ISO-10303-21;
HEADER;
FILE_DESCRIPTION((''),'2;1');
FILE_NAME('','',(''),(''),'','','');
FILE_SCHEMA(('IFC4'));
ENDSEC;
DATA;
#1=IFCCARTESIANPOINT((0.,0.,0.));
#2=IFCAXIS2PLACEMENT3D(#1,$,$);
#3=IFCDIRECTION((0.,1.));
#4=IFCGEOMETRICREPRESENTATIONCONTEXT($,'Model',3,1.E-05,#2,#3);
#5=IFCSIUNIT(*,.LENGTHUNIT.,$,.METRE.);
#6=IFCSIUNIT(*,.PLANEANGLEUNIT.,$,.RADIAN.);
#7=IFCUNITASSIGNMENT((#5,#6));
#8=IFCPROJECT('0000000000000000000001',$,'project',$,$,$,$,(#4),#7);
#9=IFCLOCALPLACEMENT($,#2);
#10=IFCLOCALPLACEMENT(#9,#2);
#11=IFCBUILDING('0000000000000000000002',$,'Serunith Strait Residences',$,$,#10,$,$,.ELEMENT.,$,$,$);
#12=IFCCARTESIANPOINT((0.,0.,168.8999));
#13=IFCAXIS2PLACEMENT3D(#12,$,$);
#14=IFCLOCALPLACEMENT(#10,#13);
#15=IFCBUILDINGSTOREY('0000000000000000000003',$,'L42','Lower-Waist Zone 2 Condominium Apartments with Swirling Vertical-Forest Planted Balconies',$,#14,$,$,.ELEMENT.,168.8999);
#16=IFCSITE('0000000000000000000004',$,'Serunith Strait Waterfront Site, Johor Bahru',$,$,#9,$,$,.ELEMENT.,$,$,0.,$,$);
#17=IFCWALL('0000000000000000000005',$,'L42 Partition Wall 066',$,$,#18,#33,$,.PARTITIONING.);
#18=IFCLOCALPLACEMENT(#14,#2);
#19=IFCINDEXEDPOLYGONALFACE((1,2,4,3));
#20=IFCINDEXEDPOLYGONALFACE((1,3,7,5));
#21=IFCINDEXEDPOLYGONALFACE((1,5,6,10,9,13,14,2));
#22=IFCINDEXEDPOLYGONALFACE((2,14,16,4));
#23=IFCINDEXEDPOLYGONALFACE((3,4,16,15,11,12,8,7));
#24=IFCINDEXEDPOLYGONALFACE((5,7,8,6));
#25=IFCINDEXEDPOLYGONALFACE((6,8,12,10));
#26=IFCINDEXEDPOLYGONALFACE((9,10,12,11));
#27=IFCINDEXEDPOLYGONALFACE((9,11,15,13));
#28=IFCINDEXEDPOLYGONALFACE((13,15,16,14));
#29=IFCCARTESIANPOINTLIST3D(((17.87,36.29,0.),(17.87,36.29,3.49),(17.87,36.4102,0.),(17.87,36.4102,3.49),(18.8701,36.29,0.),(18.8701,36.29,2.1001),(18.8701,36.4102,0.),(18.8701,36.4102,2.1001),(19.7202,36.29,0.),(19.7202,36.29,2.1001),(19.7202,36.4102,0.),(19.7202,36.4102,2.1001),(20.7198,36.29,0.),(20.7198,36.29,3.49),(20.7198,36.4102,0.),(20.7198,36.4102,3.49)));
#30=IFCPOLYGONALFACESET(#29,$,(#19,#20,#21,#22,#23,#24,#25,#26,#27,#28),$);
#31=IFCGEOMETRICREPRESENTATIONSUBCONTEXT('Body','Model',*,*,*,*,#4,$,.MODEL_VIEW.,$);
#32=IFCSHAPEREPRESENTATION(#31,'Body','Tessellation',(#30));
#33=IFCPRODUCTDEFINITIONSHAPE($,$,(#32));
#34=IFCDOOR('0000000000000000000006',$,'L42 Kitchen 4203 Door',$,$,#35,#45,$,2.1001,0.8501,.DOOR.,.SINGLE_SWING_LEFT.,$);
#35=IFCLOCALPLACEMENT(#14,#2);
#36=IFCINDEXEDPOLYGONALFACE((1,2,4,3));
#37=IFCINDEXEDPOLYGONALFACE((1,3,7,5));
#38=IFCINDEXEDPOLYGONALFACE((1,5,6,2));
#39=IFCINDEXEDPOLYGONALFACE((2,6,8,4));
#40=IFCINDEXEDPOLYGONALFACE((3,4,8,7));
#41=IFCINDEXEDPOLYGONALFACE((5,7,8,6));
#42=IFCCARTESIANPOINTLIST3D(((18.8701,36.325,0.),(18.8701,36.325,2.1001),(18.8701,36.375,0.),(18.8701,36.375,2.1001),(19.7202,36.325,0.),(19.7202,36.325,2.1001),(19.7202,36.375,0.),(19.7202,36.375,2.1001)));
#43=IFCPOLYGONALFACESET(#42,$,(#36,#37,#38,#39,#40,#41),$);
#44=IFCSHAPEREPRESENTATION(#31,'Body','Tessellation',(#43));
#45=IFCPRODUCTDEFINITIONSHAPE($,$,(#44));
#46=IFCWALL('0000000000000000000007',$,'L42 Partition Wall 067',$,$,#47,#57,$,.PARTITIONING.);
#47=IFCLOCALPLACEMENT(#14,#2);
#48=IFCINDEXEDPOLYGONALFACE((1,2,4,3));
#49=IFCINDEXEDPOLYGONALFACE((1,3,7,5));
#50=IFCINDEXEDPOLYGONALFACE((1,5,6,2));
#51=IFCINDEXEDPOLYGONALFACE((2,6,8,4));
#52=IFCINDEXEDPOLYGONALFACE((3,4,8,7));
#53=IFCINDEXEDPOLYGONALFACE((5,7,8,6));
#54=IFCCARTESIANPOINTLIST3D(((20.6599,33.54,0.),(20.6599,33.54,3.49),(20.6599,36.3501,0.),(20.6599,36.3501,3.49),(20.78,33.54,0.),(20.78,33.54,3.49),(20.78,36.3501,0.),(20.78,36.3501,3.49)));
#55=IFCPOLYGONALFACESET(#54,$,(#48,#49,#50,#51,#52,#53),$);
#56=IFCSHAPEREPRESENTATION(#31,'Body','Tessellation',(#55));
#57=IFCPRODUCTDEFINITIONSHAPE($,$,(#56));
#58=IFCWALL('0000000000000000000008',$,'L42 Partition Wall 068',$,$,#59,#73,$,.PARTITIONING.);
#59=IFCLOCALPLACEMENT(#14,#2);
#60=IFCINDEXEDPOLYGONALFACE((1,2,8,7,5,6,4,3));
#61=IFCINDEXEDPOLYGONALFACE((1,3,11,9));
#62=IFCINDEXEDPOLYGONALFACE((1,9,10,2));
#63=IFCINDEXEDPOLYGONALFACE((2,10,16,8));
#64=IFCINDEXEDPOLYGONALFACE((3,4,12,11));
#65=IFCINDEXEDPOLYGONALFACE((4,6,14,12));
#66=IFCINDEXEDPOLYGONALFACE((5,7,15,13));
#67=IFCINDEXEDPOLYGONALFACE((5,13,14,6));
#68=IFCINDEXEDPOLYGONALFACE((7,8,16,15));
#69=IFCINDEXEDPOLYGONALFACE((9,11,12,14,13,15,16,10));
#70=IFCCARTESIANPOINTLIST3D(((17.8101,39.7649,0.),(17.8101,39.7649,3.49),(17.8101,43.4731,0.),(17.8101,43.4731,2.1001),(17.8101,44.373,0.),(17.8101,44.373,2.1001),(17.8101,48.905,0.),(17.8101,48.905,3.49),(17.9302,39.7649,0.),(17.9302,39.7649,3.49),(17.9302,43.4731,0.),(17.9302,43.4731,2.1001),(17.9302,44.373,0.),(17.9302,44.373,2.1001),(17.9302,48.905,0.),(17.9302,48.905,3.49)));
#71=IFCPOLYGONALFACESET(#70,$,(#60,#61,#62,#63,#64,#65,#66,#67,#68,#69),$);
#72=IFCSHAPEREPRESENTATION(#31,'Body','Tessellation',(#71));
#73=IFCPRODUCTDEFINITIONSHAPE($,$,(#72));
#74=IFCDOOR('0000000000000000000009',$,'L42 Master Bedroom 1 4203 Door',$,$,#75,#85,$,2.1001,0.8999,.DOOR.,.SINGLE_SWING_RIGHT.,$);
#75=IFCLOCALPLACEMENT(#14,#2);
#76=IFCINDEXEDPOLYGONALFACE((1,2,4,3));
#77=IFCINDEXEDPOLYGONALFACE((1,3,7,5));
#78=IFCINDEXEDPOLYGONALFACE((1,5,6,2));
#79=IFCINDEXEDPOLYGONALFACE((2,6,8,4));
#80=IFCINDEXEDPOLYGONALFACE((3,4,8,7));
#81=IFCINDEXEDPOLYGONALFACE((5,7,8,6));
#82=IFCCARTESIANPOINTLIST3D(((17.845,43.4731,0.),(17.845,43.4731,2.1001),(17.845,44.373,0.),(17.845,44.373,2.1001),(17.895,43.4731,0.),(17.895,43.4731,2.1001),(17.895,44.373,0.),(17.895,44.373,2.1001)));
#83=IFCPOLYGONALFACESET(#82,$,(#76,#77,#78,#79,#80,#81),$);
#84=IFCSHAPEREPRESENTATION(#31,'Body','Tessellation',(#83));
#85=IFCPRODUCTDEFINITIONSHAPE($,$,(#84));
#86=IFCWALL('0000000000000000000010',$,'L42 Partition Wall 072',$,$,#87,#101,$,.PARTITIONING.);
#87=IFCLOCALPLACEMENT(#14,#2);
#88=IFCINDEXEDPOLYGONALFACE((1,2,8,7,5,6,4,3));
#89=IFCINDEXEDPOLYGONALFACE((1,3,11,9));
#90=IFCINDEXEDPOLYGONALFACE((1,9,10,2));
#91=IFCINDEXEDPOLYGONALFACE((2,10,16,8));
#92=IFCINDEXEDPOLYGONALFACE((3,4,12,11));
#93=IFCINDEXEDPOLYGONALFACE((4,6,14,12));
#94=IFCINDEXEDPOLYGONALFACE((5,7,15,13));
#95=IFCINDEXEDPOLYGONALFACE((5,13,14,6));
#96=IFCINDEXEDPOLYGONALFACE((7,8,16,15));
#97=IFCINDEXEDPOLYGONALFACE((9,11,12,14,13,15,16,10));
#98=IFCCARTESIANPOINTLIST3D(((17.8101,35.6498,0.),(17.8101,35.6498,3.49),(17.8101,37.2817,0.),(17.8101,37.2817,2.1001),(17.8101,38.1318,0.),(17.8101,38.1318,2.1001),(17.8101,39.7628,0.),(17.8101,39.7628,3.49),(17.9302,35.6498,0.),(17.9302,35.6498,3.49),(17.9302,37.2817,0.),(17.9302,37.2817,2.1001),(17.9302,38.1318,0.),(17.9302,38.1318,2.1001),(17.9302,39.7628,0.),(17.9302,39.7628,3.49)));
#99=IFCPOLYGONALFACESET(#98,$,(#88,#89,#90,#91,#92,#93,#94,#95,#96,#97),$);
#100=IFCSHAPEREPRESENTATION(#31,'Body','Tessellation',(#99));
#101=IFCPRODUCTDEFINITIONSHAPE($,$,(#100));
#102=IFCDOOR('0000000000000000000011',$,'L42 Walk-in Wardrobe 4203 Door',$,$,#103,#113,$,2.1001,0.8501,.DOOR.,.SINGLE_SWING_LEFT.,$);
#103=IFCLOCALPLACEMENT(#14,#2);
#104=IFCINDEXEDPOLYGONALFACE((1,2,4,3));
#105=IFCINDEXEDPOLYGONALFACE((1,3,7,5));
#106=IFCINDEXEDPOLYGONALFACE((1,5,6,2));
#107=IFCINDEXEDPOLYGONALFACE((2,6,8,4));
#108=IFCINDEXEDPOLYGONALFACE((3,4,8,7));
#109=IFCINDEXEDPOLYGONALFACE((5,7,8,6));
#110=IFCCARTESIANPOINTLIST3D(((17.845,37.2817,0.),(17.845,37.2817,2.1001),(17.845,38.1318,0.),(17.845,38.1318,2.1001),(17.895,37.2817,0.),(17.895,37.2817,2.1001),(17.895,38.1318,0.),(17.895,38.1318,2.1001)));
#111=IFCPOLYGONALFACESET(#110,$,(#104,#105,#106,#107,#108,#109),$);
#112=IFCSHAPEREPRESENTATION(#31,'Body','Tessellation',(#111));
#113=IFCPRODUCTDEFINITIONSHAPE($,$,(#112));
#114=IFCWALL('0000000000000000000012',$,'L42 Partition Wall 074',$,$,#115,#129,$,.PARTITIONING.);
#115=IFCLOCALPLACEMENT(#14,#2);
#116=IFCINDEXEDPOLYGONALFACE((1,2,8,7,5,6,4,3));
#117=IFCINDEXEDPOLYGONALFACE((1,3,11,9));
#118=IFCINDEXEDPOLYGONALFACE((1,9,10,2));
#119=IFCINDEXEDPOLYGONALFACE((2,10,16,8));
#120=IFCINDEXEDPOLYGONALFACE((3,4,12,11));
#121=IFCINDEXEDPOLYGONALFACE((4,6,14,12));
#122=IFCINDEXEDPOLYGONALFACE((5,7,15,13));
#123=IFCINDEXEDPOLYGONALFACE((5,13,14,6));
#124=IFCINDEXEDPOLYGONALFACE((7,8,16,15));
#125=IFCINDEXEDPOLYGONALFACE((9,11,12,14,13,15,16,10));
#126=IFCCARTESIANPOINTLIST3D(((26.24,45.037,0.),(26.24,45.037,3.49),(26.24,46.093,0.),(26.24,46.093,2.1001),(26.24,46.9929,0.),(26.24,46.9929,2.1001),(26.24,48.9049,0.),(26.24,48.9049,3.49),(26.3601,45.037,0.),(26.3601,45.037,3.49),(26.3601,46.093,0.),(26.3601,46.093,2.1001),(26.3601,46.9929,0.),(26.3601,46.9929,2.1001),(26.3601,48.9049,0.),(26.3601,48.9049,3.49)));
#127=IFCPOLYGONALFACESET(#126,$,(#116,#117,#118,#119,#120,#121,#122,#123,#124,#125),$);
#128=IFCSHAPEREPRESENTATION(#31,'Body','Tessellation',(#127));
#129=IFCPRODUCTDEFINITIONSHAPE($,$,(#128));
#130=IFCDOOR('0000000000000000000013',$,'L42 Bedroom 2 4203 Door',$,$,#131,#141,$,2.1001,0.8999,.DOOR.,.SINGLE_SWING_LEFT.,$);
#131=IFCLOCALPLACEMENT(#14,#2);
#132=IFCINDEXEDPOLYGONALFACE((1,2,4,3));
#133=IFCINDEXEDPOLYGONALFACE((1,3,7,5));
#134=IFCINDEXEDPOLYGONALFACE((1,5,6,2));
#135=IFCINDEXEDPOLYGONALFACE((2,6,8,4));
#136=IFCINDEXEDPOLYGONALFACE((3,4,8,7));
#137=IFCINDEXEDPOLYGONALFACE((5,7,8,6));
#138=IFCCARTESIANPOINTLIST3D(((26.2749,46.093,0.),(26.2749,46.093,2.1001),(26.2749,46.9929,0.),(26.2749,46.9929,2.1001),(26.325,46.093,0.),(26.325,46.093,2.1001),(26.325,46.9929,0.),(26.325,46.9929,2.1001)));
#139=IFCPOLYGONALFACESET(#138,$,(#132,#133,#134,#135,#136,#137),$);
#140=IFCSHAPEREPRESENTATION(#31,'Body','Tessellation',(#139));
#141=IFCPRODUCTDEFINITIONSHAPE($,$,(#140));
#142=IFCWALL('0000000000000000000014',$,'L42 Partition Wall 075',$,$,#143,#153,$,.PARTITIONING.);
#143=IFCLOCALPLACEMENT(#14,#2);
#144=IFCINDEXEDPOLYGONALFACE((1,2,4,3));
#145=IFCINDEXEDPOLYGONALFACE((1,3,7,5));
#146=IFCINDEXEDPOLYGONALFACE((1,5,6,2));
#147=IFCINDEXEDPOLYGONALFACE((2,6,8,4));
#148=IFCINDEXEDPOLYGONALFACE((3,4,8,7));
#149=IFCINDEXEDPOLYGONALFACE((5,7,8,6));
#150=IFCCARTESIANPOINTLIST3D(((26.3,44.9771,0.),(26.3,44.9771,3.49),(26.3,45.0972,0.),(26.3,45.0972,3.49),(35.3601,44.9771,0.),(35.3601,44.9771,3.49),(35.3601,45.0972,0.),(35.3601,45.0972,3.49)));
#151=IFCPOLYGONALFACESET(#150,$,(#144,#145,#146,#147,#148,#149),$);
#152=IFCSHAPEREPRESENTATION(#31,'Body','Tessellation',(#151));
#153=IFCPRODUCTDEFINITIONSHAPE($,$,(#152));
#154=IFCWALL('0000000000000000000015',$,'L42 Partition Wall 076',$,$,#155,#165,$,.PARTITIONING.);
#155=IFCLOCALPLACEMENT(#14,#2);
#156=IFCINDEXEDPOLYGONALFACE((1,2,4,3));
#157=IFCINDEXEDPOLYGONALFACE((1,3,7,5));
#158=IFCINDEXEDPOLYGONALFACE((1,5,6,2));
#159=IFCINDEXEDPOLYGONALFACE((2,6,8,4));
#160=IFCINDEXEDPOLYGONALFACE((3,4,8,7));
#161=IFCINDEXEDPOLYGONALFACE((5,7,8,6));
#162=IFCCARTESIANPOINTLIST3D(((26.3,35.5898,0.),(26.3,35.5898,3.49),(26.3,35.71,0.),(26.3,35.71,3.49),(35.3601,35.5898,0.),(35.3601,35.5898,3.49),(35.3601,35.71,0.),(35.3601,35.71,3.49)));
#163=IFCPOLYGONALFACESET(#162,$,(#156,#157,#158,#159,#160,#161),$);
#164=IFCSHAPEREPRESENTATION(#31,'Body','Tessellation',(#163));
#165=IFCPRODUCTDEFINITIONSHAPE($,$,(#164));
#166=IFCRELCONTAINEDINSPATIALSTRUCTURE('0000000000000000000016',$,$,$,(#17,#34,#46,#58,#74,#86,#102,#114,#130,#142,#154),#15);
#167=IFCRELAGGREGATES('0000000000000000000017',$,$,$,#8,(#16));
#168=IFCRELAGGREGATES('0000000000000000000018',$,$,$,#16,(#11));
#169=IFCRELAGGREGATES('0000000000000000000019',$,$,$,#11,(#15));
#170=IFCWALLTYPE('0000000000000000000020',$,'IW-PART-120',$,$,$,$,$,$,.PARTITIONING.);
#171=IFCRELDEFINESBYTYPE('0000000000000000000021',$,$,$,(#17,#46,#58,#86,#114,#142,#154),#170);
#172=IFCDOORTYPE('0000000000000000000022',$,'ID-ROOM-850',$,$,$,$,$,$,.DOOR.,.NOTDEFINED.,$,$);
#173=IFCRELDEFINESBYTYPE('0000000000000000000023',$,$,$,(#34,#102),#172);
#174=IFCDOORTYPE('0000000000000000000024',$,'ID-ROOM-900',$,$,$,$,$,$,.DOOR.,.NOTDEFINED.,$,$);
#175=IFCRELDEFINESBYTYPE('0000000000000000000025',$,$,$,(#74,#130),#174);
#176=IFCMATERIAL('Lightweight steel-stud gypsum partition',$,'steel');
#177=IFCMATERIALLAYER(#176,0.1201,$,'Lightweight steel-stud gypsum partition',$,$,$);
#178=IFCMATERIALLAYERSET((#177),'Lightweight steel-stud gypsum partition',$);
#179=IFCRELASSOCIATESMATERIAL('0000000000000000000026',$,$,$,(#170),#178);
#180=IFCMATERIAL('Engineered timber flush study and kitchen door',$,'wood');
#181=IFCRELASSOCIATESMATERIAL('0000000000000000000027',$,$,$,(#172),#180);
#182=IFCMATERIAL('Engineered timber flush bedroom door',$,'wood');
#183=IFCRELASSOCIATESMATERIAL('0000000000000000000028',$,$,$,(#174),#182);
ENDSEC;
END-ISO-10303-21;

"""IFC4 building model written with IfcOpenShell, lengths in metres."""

from ifc_helpers import new_model, si_unit, direction, frame, frame_2d, origin, place, context, subcontext, project, spatial, rectangle, extrude, source, transform, mapped, material, layer, layer_set, type_object, element, fill, save


model = new_model("IFC4")

# Units and contexts
model_context = context("Model", 3, precision=1e-05, world=origin(), true_north=direction((0.0, 1.0)))
body_context = subcontext(model_context, "Body", "Model", "MODEL_VIEW")
ifc_project = project(units=[si_unit("LENGTHUNIT", "METRE"), si_unit("PLANEANGLEUNIT", "RADIAN")], contexts=[model_context])

# Site, building, storey
site_placement = place(None, origin())
site = spatial("IfcSite", under=ifc_project, at=site_placement, Name="Serunith Strait Waterfront Site, Johor Bahru", CompositionType="ELEMENT", RefElevation=0.0)
building_placement = place(site_placement, origin())
building = spatial("IfcBuilding", under=site, at=building_placement, Name="Serunith Strait Residences", CompositionType="ELEMENT")
storey_placement = place(building_placement, frame((0.0, 0.0, 168.8999)))
storey = spatial("IfcBuildingStorey", under=building, at=storey_placement, Name="L42", Description="Lower-Waist Zone 2 Condominium Apartments with Swirling Vertical-Forest Planted Balconies", CompositionType="ELEMENT", Elevation=168.8999)

# Wall, opening, door
ifc_material_1 = material(Name="Lightweight steel-stud gypsum partition", Category="steel")
ifc_layer_1 = layer(ifc_material_1, 0.1201, Name="Lightweight steel-stud gypsum partition")
ifc_layer_set_1 = layer_set([ifc_layer_1], Name="Lightweight steel-stud gypsum partition")
wall_type = type_object("IfcWallType", Name="IW-PART-120", PredefinedType="PARTITIONING", material=ifc_layer_set_1)
wall_1_placement = place(storey_placement, frame((17.8701, 36.3501, 0.0), z_axis=(0.0, 0.0, 1.0), x_axis=(1.0, 0.0, 0.0)))
wall_1 = element("IfcWall", 1, at=wall_1_placement, inside=storey, type_object=wall_type, Name="L42 Partition Wall 066", PredefinedType="PARTITIONING", context=body_context, shape_type="SweptSolid", body=[
    extrude(rectangle(XDim=2.8499, YDim=0.1201, at=frame_2d((1.4248, 0.0))), origin(), (0.0, 0.0, 1.0), 3.49),
])
opening_1_placement = place(wall_1_placement, frame((1.0, 0.0, 0.0)))
opening_1 = element("IfcOpeningElement", 2, at=opening_1_placement, cuts=wall_1, PredefinedType="OPENING", context=body_context, shape_type="SweptSolid", body=[
    extrude(rectangle(XDim=0.8501, YDim=2.1001, at=frame_2d((0.425, 1.05))), frame((0.0, 0.0701, 0.0), z_axis=(0.0, -1.0, 0.0), x_axis=(1.0, 0.0, 0.0)), (0.0, 0.0, 1.0), 0.1401),
])
ifc_material_2 = material(Name="Engineered timber flush study and kitchen door", Category="wood")
door_type_1 = type_object("IfcDoorType", Name="ID-ROOM-850", OperationType="NOTDEFINED", PredefinedType="DOOR", material=ifc_material_2)
shared_shape_1 = source(origin(), body_context, "Body", "SweptSolid", [
    extrude(rectangle(XDim=0.8501, YDim=2.1001, at=frame_2d((0.425, 1.05))), frame((0.0, 0.0249, 0.0), z_axis=(0.0, -1.0, 0.0), x_axis=(1.0, 0.0, 0.0)), (0.0, 0.0, 1.0), 0.05),
])
door_1_placement = place(opening_1_placement, origin())
door_1 = element("IfcDoor", 3, at=door_1_placement, inside=storey, type_object=door_type_1, Name="L42 Kitchen 4203 Door", OperationType="SINGLE_SWING_LEFT", OverallHeight=2.1001, OverallWidth=0.8501, PredefinedType="DOOR", context=body_context, shape_type="MappedRepresentation", body=[
    mapped(shared_shape_1, transform((0.0, 0.0, 0.0), scale=1.0)),
])
fill(opening_1, door_1)

# Wall
wall_2_placement = place(storey_placement, frame((20.72, 36.3501, 0.0), z_axis=(0.0, 0.0, 1.0), x_axis=(0.0, -1.0, 0.0)))
element("IfcWall", 4, at=wall_2_placement, inside=storey, type_object=wall_type, Name="L42 Partition Wall 067", PredefinedType="PARTITIONING", context=body_context, shape_type="SweptSolid", body=[
    extrude(rectangle(XDim=2.8101, YDim=0.1201, at=frame_2d((1.405, 0.0))), origin(), (0.0, 0.0, 1.0), 3.49),
])

# Walls, openings, doors
wall_3_placement = place(storey_placement, frame((17.8701, 48.905, 0.0), z_axis=(0.0, 0.0, 1.0), x_axis=(0.0, -1.0, 0.0)))
wall_3 = element("IfcWall", 5, at=wall_3_placement, inside=storey, type_object=wall_type, Name="L42 Partition Wall 068", PredefinedType="PARTITIONING", context=body_context, shape_type="SweptSolid", body=[
    extrude(rectangle(XDim=9.1401, YDim=0.1201, at=frame_2d((4.5701, 0.0))), origin(), (0.0, 0.0, 1.0), 3.49),
])
opening_2_placement = place(wall_3_placement, frame((4.532, 0.0, 0.0)))
opening_2 = element("IfcOpeningElement", 6, at=opening_2_placement, cuts=wall_3, PredefinedType="OPENING", context=body_context, shape_type="SweptSolid", body=[
    extrude(rectangle(XDim=0.8999, YDim=2.1001, at=frame_2d((0.45, 1.05))), frame((0.0, 0.0701, 0.0), z_axis=(0.0, -1.0, 0.0), x_axis=(1.0, 0.0, 0.0)), (0.0, 0.0, 1.0), 0.1401),
])
ifc_material_3 = material(Name="Engineered timber flush bedroom door", Category="wood")
door_type_2 = type_object("IfcDoorType", Name="ID-ROOM-900", OperationType="NOTDEFINED", PredefinedType="DOOR", material=ifc_material_3)
shared_shape_2 = source(origin(), body_context, "Body", "SweptSolid", [
    extrude(rectangle(XDim=0.8999, YDim=2.1001, at=frame_2d((0.45, 1.05))), frame((0.0, 0.0249, 0.0), z_axis=(0.0, -1.0, 0.0), x_axis=(1.0, 0.0, 0.0)), (0.0, 0.0, 1.0), 0.05),
])
door_2_placement = place(opening_2_placement, origin())
door_2 = element("IfcDoor", 7, at=door_2_placement, inside=storey, type_object=door_type_2, Name="L42 Master Bedroom 1 4203 Door", OperationType="SINGLE_SWING_RIGHT", OverallHeight=2.1001, OverallWidth=0.8999, PredefinedType="DOOR", context=body_context, shape_type="MappedRepresentation", body=[
    mapped(shared_shape_2, transform((0.0, 0.0, 0.0), scale=1.0)),
])
fill(opening_2, door_2)
wall_4_placement = place(storey_placement, frame((17.8701, 39.7629, 0.0), z_axis=(0.0, 0.0, 1.0), x_axis=(0.0, -1.0, 0.0)))
wall_4 = element("IfcWall", 8, at=wall_4_placement, inside=storey, type_object=wall_type, Name="L42 Partition Wall 072", PredefinedType="PARTITIONING", context=body_context, shape_type="SweptSolid", body=[
    extrude(rectangle(XDim=4.113, YDim=0.1201, at=frame_2d((2.0566, 0.0))), origin(), (0.0, 0.0, 1.0), 3.49),
])
opening_3_placement = place(wall_4_placement, frame((1.6311, 0.0, 0.0)))
opening_3 = element("IfcOpeningElement", 9, at=opening_3_placement, cuts=wall_4, PredefinedType="OPENING", context=body_context, shape_type="SweptSolid", body=[
    extrude(rectangle(XDim=0.8501, YDim=2.1001, at=frame_2d((0.425, 1.05))), frame((0.0, 0.0701, 0.0), z_axis=(0.0, -1.0, 0.0), x_axis=(1.0, 0.0, 0.0)), (0.0, 0.0, 1.0), 0.1401),
])
door_3_placement = place(opening_3_placement, origin())
door_3 = element("IfcDoor", 10, at=door_3_placement, inside=storey, type_object=door_type_1, Name="L42 Walk-in Wardrobe 4203 Door", OperationType="SINGLE_SWING_LEFT", OverallHeight=2.1001, OverallWidth=0.8501, PredefinedType="DOOR", context=body_context, shape_type="MappedRepresentation", body=[
    mapped(shared_shape_1, transform((0.0, 0.0, 0.0), scale=1.0)),
])
fill(opening_3, door_3)
wall_5_placement = place(storey_placement, frame((26.3, 48.905, 0.0), z_axis=(0.0, 0.0, 1.0), x_axis=(0.0, -1.0, 0.0)))
wall_5 = element("IfcWall", 11, at=wall_5_placement, inside=storey, type_object=wall_type, Name="L42 Partition Wall 074", PredefinedType="PARTITIONING", context=body_context, shape_type="SweptSolid", body=[
    extrude(rectangle(XDim=3.8679, YDim=0.1201, at=frame_2d((1.9341, 0.0))), origin(), (0.0, 0.0, 1.0), 3.49),
])
opening_4_placement = place(wall_5_placement, frame((1.9121, 0.0, 0.0)))
opening_4 = element("IfcOpeningElement", 12, at=opening_4_placement, cuts=wall_5, PredefinedType="OPENING", context=body_context, shape_type="SweptSolid", body=[
    extrude(rectangle(XDim=0.8999, YDim=2.1001, at=frame_2d((0.45, 1.05))), frame((0.0, 0.0701, 0.0), z_axis=(0.0, -1.0, 0.0), x_axis=(1.0, 0.0, 0.0)), (0.0, 0.0, 1.0), 0.1401),
])
door_4_placement = place(opening_4_placement, origin())
door_4 = element("IfcDoor", 13, at=door_4_placement, inside=storey, type_object=door_type_2, Name="L42 Bedroom 2 4203 Door", OperationType="SINGLE_SWING_LEFT", OverallHeight=2.1001, OverallWidth=0.8999, PredefinedType="DOOR", context=body_context, shape_type="MappedRepresentation", body=[
    mapped(shared_shape_2, transform((0.0, 0.0, 0.0), scale=1.0)),
])
fill(opening_4, door_4)

# Walls
for number, where, z_axis, x_axis, name in (
    (14, (26.3, 45.0371, 0.0), (0.0, 0.0, 1.0), (1.0, 0.0, 0.0), "L42 Partition Wall 075"),
    (15, (26.3, 35.6499, 0.0), (0.0, 0.0, 1.0), (1.0, 0.0, 0.0), "L42 Partition Wall 076"),
):
    element("IfcWall", number, at=place(storey_placement, frame(where, z_axis=z_axis, x_axis=x_axis)), inside=storey, type_object=wall_type, Name=name, PredefinedType="PARTITIONING", context=body_context, shape_type="SweptSolid", body=[
        extrude(rectangle(XDim=9.0601, YDim=0.1201, at=frame_2d((4.53, 0.0))), origin(), (0.0, 0.0, 1.0), 3.49),
    ])

save(model, "model.ifc")
